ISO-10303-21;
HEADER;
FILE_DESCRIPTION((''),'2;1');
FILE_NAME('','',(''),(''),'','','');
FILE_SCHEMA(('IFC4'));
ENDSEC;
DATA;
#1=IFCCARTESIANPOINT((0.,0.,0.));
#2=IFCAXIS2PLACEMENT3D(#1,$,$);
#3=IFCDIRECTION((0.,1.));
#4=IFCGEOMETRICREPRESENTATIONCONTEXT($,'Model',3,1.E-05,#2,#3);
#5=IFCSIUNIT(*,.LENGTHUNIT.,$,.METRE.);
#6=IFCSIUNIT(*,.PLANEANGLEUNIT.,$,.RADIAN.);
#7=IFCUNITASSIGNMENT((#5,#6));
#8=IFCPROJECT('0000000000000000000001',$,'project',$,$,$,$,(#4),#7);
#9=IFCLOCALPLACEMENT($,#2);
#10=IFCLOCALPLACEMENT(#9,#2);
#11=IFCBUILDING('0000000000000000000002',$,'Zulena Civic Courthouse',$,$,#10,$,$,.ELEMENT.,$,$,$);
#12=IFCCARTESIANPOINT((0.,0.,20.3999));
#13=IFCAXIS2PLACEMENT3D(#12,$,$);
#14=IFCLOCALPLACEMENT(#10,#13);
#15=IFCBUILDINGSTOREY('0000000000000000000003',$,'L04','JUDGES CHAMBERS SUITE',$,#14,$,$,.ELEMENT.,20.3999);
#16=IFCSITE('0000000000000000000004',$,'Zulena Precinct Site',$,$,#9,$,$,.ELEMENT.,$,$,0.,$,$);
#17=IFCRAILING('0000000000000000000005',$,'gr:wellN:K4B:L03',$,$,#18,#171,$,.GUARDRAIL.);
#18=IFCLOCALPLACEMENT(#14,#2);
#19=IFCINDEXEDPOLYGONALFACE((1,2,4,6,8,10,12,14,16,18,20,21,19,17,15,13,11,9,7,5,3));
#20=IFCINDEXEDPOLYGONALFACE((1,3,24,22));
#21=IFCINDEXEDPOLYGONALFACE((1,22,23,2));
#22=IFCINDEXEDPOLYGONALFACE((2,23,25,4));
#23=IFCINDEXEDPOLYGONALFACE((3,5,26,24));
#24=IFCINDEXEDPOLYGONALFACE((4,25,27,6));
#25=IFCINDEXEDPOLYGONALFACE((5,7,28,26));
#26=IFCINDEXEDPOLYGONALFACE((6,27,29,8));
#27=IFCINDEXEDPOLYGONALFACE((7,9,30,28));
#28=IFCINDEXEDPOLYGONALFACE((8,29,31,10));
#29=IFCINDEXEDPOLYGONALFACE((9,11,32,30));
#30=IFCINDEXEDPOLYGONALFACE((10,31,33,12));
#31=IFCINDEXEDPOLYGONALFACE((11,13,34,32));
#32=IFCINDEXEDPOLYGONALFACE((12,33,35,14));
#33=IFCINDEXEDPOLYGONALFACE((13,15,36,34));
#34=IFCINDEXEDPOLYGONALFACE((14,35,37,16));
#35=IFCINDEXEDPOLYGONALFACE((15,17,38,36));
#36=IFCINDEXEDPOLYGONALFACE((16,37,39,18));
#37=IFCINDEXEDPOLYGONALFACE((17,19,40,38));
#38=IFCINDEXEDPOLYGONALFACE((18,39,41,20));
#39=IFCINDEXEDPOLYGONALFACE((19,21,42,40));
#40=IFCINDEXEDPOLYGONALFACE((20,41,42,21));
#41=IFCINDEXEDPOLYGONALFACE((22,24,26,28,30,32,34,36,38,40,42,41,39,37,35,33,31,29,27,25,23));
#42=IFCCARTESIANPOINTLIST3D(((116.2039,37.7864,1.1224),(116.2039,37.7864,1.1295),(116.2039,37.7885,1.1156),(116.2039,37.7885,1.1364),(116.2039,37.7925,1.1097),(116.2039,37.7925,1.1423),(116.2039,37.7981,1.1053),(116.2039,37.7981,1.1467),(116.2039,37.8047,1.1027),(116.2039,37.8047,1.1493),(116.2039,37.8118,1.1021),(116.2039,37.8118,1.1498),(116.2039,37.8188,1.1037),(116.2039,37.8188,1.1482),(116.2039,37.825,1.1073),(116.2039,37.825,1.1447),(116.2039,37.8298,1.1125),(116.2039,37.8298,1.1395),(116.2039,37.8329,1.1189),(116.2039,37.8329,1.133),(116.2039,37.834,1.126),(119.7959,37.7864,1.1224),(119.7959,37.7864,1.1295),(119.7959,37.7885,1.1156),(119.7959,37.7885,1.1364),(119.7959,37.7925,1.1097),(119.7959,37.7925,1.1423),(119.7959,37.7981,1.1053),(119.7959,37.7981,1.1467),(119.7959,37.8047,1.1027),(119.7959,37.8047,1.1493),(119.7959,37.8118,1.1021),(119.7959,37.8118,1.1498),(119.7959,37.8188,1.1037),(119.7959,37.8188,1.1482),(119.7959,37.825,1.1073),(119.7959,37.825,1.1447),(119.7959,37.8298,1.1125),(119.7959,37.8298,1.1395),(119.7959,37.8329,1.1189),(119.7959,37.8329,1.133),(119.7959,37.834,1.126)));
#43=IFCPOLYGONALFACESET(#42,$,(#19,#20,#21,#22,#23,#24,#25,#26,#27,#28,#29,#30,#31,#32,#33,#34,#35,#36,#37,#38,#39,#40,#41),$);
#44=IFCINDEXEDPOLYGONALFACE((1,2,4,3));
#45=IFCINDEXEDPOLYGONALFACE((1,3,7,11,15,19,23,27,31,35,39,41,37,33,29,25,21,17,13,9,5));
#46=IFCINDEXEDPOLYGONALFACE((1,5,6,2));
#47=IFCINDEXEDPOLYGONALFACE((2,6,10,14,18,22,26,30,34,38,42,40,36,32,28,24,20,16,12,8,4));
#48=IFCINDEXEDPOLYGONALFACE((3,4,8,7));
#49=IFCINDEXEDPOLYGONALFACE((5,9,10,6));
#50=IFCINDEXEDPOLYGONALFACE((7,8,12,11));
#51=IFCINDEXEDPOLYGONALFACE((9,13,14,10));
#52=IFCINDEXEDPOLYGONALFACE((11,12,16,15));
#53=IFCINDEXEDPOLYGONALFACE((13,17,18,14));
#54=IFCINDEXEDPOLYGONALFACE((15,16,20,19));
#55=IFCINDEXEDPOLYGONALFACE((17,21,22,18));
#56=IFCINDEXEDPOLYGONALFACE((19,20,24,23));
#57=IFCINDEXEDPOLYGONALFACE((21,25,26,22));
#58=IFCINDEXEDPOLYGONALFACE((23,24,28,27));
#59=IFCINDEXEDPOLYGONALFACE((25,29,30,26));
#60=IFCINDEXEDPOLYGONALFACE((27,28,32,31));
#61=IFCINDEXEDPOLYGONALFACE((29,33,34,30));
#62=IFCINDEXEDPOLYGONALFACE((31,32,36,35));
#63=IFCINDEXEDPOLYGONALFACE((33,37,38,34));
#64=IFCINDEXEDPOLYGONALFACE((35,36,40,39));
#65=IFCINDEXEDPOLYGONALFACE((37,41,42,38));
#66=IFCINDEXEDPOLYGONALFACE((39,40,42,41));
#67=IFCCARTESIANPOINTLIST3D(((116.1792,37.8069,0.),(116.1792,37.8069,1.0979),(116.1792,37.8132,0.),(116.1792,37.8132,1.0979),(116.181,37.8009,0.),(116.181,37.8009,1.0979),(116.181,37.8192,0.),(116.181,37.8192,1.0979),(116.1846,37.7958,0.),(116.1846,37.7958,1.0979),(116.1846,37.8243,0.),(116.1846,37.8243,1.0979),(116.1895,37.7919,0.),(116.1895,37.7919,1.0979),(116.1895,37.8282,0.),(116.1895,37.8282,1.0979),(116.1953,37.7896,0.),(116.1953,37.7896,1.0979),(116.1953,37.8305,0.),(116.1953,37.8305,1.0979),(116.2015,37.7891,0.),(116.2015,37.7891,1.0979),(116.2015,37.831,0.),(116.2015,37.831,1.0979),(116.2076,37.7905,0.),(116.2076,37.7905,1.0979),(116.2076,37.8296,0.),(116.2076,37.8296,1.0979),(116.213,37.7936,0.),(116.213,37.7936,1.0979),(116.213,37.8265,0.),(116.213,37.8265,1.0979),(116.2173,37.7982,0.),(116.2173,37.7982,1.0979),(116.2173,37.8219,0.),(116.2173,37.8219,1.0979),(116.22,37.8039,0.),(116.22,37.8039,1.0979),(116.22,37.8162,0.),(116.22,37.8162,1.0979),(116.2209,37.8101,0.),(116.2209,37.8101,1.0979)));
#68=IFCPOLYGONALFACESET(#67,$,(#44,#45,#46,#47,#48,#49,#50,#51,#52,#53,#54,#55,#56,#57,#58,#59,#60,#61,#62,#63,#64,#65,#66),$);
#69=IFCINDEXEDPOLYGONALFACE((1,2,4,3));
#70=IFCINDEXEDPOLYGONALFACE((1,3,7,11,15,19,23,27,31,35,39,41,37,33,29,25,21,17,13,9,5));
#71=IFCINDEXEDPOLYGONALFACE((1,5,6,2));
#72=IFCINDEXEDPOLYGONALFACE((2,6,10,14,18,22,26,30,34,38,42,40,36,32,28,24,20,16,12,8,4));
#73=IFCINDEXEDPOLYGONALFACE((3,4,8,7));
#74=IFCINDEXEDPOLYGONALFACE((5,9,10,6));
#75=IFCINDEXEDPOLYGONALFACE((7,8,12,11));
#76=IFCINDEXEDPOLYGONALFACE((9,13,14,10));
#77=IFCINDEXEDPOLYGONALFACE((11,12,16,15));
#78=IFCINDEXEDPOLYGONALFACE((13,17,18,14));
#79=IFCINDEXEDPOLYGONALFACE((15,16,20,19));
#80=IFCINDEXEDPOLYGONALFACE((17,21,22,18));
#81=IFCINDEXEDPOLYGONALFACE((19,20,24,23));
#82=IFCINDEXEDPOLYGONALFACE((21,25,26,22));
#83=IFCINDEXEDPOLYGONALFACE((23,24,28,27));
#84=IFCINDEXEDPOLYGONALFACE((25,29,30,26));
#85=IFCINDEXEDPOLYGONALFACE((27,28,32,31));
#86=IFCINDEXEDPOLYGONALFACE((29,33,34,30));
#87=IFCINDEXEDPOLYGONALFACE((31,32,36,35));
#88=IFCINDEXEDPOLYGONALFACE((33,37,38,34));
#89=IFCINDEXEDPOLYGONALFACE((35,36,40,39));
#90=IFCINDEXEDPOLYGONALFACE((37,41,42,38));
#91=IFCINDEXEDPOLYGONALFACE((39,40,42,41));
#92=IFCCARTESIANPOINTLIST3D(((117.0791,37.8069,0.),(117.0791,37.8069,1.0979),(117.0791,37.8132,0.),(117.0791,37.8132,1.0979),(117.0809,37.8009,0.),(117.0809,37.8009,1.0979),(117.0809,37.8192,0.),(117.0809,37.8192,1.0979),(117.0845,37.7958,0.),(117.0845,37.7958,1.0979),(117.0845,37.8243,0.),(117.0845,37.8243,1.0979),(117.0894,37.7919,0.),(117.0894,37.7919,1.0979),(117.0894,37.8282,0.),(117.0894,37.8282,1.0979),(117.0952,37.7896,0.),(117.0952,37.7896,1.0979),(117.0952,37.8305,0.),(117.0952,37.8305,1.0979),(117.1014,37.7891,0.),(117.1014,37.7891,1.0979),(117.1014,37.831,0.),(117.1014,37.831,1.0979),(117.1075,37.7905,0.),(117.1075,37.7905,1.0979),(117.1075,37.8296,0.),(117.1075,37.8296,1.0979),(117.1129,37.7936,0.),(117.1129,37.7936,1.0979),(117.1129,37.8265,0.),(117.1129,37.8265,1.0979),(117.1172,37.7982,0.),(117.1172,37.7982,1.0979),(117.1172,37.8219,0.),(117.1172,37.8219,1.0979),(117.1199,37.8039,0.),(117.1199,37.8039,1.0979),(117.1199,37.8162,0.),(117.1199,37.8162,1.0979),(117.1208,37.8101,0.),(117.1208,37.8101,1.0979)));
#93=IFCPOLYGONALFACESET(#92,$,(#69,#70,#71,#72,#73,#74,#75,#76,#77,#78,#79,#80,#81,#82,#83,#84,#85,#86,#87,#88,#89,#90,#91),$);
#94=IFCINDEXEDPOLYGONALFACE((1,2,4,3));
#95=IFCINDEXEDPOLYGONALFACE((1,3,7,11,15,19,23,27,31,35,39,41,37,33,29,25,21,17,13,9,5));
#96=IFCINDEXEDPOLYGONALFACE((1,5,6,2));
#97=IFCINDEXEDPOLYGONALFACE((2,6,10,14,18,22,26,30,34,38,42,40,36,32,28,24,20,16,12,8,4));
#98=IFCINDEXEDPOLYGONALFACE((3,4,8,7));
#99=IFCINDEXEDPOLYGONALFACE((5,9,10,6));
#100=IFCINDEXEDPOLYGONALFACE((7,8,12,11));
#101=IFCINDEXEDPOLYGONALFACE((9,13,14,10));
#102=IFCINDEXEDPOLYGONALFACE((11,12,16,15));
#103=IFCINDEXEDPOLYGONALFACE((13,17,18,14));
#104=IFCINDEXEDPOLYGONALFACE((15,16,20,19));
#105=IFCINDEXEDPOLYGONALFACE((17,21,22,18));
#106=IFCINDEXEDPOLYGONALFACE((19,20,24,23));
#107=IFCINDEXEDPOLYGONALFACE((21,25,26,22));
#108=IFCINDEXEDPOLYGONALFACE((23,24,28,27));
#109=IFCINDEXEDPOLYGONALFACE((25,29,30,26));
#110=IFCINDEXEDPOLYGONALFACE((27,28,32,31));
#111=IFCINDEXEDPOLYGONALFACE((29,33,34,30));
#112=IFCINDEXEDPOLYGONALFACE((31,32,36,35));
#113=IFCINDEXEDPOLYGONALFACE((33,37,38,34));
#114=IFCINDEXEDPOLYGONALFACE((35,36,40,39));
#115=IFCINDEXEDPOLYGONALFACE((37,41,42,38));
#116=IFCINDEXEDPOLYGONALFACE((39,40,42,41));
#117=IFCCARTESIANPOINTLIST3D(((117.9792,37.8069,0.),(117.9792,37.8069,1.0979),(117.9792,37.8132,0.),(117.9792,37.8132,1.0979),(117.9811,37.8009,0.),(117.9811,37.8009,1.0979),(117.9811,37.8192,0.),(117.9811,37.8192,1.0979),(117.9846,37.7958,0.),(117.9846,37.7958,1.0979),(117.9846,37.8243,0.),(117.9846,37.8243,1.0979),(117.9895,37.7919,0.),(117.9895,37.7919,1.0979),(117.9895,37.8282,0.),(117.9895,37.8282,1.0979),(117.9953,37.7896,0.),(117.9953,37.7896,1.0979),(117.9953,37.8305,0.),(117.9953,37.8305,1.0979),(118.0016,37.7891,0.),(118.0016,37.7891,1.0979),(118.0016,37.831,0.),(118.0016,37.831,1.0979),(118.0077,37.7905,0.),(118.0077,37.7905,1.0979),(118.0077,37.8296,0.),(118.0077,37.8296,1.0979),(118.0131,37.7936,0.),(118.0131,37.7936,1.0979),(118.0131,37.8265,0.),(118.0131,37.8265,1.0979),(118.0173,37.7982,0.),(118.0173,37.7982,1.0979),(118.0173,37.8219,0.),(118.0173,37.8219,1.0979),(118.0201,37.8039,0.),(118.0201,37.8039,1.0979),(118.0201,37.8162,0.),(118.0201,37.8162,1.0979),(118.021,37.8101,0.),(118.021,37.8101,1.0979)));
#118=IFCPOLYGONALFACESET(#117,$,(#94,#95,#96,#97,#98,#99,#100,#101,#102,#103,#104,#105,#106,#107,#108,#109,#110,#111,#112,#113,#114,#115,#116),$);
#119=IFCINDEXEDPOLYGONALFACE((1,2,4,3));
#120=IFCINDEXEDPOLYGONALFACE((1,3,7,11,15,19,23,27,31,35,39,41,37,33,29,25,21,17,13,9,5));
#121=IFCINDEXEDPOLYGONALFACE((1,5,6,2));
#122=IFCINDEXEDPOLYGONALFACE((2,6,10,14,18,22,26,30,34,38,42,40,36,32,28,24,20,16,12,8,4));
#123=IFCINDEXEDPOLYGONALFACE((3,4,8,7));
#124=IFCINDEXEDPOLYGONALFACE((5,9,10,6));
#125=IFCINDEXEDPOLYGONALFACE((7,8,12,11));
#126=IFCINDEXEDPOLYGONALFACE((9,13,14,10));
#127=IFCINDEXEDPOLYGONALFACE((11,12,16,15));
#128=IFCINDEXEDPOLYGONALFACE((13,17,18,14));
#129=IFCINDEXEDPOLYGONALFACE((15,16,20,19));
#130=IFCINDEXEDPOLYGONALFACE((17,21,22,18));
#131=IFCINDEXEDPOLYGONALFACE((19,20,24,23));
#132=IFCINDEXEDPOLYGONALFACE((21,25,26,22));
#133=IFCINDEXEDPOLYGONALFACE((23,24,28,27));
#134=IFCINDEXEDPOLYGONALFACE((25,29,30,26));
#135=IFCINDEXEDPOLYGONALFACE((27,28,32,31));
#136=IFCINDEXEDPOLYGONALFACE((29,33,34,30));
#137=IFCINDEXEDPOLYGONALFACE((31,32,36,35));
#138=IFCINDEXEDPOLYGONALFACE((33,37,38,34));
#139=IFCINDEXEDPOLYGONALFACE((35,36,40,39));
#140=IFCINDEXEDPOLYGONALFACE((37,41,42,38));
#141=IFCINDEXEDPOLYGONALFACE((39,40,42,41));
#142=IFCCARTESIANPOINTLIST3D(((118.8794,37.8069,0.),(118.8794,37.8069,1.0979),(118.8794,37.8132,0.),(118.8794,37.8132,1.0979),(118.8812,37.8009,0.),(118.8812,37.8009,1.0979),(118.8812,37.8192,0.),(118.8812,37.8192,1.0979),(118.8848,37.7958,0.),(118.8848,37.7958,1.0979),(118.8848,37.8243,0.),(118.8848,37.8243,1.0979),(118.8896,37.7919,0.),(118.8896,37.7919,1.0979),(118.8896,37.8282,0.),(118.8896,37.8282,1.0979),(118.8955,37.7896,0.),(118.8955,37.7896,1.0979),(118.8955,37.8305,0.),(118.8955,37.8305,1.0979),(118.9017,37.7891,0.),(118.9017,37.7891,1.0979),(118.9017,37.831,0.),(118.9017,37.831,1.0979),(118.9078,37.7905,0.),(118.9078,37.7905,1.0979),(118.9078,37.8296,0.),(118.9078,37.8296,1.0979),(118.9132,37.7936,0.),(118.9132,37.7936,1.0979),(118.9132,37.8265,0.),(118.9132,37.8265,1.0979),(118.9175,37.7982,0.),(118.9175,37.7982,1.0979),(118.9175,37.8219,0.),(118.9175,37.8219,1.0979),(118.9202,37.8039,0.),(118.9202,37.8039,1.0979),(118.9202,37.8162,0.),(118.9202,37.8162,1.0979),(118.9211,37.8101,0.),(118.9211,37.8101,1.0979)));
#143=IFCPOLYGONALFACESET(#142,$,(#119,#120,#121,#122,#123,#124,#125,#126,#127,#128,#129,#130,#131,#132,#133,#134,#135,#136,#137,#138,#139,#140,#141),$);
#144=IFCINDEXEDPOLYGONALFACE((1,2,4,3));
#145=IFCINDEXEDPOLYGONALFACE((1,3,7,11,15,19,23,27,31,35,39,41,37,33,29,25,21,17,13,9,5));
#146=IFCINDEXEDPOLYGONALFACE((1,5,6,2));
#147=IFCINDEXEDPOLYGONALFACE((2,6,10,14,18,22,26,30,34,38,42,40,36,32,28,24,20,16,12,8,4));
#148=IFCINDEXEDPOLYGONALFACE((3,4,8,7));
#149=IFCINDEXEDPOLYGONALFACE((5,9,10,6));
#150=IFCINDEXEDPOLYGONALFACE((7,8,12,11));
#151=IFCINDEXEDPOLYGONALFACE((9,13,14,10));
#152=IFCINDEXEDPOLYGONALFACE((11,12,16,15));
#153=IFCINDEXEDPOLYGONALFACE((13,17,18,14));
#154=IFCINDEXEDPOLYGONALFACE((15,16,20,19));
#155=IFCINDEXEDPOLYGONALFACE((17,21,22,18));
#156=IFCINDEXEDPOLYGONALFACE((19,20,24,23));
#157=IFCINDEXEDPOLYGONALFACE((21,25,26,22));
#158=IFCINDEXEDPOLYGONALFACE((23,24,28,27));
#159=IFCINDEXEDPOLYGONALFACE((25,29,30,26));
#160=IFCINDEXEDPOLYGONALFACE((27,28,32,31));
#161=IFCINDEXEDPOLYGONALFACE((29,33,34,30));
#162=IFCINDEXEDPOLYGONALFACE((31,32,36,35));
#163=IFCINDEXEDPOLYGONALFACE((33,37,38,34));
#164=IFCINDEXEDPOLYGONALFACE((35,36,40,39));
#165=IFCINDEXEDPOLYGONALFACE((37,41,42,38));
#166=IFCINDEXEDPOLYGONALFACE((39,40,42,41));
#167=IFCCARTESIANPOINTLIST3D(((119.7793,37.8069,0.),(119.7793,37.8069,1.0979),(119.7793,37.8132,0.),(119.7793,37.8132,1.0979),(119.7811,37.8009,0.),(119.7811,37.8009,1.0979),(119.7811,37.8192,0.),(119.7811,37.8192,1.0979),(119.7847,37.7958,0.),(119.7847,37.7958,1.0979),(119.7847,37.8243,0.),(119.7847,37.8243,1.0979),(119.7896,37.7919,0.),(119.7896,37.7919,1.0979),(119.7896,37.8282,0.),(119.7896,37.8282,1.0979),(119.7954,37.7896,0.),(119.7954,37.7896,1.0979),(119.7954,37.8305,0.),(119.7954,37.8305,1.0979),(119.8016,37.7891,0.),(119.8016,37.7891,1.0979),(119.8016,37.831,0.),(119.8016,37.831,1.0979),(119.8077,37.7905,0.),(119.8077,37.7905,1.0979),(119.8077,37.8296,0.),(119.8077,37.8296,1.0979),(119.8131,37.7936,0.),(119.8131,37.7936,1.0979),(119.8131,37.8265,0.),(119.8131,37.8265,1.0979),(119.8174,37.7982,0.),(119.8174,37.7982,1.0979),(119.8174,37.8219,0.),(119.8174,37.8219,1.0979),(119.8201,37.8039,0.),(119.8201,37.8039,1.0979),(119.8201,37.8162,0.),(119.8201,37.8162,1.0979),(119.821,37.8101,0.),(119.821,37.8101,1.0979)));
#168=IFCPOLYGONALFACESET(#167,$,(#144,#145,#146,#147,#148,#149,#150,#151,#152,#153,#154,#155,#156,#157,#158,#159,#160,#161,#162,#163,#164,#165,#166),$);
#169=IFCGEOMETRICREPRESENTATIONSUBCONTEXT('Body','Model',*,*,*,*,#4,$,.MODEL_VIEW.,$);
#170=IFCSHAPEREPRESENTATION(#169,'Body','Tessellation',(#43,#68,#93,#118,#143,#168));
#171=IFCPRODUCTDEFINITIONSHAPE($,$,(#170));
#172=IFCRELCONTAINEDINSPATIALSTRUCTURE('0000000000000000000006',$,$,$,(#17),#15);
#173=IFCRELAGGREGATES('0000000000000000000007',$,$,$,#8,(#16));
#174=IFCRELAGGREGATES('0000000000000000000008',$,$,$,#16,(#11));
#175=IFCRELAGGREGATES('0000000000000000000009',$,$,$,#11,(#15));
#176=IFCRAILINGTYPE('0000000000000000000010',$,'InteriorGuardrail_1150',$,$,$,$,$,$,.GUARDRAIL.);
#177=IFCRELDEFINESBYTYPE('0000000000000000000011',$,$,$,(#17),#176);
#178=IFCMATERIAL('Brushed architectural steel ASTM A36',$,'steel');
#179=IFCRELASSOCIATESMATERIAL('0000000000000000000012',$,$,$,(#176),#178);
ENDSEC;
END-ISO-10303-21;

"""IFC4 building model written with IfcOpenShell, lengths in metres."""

from ifc_helpers import new_model, si_unit, direction, frame, origin, origin_2d, place, context, subcontext, project, spatial, circle, extrude, material, type_object, element, save


model = new_model("IFC4")

# Units and contexts
model_context = context("Model", 3, precision=1e-05, world=origin(), true_north=direction((0.0, 1.0)))
body_context = subcontext(model_context, "Body", "Model", "MODEL_VIEW")
ifc_project = project(units=[si_unit("LENGTHUNIT", "METRE"), si_unit("PLANEANGLEUNIT", "RADIAN")], contexts=[model_context])

# Site, building, storey
site_placement = place(None, origin())
site = spatial("IfcSite", under=ifc_project, at=site_placement, Name="Zulena Precinct Site", CompositionType="ELEMENT", RefElevation=0.0)
building_placement = place(site_placement, origin())
building = spatial("IfcBuilding", under=site, at=building_placement, Name="Zulena Civic Courthouse", CompositionType="ELEMENT")
storey_placement = place(building_placement, frame((0.0, 0.0, 20.3999)))
storey = spatial("IfcBuildingStorey", under=building, at=storey_placement, Name="L04", Description="JUDGES CHAMBERS SUITE", CompositionType="ELEMENT", Elevation=20.3999)

# Railing
ifc_material_1 = material(Name="Brushed architectural steel ASTM A36", Category="steel")
railing_type = type_object("IfcRailingType", Name="InteriorGuardrail_1150", PredefinedType="GUARDRAIL", material=ifc_material_1)
railing_1_placement = place(storey_placement, frame((116.2, 37.8101, 0.0)))
element("IfcRailing", 1, at=railing_1_placement, inside=storey, type_object=railing_type, Name="gr:wellN:K4B:L03", PredefinedType="GUARDRAIL", context=body_context, shape_type="SweptSolid", body=[
    extrude(circle(Radius=0.0239, at=origin_2d()), frame((0.0039, 0.0, 1.126), z_axis=(1.0, 0.0, 0.0), x_axis=(0.0, 1.0, 0.0)), (0.0, 0.0, 1.0), 3.592),
    extrude(circle(Radius=0.021, at=origin_2d()), origin(), (0.0, 0.0, 1.0), 1.0979),
    extrude(circle(Radius=0.021, at=origin_2d()), frame((0.8999, 0.0, 0.0)), (0.0, 0.0, 1.0), 1.0979),
    extrude(circle(Radius=0.021, at=origin_2d()), frame((1.8, 0.0, 0.0)), (0.0, 0.0, 1.0), 1.0979),
    extrude(circle(Radius=0.021, at=origin_2d()), frame((2.7002, 0.0, 0.0)), (0.0, 0.0, 1.0), 1.0979),
    extrude(circle(Radius=0.021, at=origin_2d()), frame((3.6001, 0.0, 0.0)), (0.0, 0.0, 1.0), 1.0979),
])

save(model, "model.ifc")
